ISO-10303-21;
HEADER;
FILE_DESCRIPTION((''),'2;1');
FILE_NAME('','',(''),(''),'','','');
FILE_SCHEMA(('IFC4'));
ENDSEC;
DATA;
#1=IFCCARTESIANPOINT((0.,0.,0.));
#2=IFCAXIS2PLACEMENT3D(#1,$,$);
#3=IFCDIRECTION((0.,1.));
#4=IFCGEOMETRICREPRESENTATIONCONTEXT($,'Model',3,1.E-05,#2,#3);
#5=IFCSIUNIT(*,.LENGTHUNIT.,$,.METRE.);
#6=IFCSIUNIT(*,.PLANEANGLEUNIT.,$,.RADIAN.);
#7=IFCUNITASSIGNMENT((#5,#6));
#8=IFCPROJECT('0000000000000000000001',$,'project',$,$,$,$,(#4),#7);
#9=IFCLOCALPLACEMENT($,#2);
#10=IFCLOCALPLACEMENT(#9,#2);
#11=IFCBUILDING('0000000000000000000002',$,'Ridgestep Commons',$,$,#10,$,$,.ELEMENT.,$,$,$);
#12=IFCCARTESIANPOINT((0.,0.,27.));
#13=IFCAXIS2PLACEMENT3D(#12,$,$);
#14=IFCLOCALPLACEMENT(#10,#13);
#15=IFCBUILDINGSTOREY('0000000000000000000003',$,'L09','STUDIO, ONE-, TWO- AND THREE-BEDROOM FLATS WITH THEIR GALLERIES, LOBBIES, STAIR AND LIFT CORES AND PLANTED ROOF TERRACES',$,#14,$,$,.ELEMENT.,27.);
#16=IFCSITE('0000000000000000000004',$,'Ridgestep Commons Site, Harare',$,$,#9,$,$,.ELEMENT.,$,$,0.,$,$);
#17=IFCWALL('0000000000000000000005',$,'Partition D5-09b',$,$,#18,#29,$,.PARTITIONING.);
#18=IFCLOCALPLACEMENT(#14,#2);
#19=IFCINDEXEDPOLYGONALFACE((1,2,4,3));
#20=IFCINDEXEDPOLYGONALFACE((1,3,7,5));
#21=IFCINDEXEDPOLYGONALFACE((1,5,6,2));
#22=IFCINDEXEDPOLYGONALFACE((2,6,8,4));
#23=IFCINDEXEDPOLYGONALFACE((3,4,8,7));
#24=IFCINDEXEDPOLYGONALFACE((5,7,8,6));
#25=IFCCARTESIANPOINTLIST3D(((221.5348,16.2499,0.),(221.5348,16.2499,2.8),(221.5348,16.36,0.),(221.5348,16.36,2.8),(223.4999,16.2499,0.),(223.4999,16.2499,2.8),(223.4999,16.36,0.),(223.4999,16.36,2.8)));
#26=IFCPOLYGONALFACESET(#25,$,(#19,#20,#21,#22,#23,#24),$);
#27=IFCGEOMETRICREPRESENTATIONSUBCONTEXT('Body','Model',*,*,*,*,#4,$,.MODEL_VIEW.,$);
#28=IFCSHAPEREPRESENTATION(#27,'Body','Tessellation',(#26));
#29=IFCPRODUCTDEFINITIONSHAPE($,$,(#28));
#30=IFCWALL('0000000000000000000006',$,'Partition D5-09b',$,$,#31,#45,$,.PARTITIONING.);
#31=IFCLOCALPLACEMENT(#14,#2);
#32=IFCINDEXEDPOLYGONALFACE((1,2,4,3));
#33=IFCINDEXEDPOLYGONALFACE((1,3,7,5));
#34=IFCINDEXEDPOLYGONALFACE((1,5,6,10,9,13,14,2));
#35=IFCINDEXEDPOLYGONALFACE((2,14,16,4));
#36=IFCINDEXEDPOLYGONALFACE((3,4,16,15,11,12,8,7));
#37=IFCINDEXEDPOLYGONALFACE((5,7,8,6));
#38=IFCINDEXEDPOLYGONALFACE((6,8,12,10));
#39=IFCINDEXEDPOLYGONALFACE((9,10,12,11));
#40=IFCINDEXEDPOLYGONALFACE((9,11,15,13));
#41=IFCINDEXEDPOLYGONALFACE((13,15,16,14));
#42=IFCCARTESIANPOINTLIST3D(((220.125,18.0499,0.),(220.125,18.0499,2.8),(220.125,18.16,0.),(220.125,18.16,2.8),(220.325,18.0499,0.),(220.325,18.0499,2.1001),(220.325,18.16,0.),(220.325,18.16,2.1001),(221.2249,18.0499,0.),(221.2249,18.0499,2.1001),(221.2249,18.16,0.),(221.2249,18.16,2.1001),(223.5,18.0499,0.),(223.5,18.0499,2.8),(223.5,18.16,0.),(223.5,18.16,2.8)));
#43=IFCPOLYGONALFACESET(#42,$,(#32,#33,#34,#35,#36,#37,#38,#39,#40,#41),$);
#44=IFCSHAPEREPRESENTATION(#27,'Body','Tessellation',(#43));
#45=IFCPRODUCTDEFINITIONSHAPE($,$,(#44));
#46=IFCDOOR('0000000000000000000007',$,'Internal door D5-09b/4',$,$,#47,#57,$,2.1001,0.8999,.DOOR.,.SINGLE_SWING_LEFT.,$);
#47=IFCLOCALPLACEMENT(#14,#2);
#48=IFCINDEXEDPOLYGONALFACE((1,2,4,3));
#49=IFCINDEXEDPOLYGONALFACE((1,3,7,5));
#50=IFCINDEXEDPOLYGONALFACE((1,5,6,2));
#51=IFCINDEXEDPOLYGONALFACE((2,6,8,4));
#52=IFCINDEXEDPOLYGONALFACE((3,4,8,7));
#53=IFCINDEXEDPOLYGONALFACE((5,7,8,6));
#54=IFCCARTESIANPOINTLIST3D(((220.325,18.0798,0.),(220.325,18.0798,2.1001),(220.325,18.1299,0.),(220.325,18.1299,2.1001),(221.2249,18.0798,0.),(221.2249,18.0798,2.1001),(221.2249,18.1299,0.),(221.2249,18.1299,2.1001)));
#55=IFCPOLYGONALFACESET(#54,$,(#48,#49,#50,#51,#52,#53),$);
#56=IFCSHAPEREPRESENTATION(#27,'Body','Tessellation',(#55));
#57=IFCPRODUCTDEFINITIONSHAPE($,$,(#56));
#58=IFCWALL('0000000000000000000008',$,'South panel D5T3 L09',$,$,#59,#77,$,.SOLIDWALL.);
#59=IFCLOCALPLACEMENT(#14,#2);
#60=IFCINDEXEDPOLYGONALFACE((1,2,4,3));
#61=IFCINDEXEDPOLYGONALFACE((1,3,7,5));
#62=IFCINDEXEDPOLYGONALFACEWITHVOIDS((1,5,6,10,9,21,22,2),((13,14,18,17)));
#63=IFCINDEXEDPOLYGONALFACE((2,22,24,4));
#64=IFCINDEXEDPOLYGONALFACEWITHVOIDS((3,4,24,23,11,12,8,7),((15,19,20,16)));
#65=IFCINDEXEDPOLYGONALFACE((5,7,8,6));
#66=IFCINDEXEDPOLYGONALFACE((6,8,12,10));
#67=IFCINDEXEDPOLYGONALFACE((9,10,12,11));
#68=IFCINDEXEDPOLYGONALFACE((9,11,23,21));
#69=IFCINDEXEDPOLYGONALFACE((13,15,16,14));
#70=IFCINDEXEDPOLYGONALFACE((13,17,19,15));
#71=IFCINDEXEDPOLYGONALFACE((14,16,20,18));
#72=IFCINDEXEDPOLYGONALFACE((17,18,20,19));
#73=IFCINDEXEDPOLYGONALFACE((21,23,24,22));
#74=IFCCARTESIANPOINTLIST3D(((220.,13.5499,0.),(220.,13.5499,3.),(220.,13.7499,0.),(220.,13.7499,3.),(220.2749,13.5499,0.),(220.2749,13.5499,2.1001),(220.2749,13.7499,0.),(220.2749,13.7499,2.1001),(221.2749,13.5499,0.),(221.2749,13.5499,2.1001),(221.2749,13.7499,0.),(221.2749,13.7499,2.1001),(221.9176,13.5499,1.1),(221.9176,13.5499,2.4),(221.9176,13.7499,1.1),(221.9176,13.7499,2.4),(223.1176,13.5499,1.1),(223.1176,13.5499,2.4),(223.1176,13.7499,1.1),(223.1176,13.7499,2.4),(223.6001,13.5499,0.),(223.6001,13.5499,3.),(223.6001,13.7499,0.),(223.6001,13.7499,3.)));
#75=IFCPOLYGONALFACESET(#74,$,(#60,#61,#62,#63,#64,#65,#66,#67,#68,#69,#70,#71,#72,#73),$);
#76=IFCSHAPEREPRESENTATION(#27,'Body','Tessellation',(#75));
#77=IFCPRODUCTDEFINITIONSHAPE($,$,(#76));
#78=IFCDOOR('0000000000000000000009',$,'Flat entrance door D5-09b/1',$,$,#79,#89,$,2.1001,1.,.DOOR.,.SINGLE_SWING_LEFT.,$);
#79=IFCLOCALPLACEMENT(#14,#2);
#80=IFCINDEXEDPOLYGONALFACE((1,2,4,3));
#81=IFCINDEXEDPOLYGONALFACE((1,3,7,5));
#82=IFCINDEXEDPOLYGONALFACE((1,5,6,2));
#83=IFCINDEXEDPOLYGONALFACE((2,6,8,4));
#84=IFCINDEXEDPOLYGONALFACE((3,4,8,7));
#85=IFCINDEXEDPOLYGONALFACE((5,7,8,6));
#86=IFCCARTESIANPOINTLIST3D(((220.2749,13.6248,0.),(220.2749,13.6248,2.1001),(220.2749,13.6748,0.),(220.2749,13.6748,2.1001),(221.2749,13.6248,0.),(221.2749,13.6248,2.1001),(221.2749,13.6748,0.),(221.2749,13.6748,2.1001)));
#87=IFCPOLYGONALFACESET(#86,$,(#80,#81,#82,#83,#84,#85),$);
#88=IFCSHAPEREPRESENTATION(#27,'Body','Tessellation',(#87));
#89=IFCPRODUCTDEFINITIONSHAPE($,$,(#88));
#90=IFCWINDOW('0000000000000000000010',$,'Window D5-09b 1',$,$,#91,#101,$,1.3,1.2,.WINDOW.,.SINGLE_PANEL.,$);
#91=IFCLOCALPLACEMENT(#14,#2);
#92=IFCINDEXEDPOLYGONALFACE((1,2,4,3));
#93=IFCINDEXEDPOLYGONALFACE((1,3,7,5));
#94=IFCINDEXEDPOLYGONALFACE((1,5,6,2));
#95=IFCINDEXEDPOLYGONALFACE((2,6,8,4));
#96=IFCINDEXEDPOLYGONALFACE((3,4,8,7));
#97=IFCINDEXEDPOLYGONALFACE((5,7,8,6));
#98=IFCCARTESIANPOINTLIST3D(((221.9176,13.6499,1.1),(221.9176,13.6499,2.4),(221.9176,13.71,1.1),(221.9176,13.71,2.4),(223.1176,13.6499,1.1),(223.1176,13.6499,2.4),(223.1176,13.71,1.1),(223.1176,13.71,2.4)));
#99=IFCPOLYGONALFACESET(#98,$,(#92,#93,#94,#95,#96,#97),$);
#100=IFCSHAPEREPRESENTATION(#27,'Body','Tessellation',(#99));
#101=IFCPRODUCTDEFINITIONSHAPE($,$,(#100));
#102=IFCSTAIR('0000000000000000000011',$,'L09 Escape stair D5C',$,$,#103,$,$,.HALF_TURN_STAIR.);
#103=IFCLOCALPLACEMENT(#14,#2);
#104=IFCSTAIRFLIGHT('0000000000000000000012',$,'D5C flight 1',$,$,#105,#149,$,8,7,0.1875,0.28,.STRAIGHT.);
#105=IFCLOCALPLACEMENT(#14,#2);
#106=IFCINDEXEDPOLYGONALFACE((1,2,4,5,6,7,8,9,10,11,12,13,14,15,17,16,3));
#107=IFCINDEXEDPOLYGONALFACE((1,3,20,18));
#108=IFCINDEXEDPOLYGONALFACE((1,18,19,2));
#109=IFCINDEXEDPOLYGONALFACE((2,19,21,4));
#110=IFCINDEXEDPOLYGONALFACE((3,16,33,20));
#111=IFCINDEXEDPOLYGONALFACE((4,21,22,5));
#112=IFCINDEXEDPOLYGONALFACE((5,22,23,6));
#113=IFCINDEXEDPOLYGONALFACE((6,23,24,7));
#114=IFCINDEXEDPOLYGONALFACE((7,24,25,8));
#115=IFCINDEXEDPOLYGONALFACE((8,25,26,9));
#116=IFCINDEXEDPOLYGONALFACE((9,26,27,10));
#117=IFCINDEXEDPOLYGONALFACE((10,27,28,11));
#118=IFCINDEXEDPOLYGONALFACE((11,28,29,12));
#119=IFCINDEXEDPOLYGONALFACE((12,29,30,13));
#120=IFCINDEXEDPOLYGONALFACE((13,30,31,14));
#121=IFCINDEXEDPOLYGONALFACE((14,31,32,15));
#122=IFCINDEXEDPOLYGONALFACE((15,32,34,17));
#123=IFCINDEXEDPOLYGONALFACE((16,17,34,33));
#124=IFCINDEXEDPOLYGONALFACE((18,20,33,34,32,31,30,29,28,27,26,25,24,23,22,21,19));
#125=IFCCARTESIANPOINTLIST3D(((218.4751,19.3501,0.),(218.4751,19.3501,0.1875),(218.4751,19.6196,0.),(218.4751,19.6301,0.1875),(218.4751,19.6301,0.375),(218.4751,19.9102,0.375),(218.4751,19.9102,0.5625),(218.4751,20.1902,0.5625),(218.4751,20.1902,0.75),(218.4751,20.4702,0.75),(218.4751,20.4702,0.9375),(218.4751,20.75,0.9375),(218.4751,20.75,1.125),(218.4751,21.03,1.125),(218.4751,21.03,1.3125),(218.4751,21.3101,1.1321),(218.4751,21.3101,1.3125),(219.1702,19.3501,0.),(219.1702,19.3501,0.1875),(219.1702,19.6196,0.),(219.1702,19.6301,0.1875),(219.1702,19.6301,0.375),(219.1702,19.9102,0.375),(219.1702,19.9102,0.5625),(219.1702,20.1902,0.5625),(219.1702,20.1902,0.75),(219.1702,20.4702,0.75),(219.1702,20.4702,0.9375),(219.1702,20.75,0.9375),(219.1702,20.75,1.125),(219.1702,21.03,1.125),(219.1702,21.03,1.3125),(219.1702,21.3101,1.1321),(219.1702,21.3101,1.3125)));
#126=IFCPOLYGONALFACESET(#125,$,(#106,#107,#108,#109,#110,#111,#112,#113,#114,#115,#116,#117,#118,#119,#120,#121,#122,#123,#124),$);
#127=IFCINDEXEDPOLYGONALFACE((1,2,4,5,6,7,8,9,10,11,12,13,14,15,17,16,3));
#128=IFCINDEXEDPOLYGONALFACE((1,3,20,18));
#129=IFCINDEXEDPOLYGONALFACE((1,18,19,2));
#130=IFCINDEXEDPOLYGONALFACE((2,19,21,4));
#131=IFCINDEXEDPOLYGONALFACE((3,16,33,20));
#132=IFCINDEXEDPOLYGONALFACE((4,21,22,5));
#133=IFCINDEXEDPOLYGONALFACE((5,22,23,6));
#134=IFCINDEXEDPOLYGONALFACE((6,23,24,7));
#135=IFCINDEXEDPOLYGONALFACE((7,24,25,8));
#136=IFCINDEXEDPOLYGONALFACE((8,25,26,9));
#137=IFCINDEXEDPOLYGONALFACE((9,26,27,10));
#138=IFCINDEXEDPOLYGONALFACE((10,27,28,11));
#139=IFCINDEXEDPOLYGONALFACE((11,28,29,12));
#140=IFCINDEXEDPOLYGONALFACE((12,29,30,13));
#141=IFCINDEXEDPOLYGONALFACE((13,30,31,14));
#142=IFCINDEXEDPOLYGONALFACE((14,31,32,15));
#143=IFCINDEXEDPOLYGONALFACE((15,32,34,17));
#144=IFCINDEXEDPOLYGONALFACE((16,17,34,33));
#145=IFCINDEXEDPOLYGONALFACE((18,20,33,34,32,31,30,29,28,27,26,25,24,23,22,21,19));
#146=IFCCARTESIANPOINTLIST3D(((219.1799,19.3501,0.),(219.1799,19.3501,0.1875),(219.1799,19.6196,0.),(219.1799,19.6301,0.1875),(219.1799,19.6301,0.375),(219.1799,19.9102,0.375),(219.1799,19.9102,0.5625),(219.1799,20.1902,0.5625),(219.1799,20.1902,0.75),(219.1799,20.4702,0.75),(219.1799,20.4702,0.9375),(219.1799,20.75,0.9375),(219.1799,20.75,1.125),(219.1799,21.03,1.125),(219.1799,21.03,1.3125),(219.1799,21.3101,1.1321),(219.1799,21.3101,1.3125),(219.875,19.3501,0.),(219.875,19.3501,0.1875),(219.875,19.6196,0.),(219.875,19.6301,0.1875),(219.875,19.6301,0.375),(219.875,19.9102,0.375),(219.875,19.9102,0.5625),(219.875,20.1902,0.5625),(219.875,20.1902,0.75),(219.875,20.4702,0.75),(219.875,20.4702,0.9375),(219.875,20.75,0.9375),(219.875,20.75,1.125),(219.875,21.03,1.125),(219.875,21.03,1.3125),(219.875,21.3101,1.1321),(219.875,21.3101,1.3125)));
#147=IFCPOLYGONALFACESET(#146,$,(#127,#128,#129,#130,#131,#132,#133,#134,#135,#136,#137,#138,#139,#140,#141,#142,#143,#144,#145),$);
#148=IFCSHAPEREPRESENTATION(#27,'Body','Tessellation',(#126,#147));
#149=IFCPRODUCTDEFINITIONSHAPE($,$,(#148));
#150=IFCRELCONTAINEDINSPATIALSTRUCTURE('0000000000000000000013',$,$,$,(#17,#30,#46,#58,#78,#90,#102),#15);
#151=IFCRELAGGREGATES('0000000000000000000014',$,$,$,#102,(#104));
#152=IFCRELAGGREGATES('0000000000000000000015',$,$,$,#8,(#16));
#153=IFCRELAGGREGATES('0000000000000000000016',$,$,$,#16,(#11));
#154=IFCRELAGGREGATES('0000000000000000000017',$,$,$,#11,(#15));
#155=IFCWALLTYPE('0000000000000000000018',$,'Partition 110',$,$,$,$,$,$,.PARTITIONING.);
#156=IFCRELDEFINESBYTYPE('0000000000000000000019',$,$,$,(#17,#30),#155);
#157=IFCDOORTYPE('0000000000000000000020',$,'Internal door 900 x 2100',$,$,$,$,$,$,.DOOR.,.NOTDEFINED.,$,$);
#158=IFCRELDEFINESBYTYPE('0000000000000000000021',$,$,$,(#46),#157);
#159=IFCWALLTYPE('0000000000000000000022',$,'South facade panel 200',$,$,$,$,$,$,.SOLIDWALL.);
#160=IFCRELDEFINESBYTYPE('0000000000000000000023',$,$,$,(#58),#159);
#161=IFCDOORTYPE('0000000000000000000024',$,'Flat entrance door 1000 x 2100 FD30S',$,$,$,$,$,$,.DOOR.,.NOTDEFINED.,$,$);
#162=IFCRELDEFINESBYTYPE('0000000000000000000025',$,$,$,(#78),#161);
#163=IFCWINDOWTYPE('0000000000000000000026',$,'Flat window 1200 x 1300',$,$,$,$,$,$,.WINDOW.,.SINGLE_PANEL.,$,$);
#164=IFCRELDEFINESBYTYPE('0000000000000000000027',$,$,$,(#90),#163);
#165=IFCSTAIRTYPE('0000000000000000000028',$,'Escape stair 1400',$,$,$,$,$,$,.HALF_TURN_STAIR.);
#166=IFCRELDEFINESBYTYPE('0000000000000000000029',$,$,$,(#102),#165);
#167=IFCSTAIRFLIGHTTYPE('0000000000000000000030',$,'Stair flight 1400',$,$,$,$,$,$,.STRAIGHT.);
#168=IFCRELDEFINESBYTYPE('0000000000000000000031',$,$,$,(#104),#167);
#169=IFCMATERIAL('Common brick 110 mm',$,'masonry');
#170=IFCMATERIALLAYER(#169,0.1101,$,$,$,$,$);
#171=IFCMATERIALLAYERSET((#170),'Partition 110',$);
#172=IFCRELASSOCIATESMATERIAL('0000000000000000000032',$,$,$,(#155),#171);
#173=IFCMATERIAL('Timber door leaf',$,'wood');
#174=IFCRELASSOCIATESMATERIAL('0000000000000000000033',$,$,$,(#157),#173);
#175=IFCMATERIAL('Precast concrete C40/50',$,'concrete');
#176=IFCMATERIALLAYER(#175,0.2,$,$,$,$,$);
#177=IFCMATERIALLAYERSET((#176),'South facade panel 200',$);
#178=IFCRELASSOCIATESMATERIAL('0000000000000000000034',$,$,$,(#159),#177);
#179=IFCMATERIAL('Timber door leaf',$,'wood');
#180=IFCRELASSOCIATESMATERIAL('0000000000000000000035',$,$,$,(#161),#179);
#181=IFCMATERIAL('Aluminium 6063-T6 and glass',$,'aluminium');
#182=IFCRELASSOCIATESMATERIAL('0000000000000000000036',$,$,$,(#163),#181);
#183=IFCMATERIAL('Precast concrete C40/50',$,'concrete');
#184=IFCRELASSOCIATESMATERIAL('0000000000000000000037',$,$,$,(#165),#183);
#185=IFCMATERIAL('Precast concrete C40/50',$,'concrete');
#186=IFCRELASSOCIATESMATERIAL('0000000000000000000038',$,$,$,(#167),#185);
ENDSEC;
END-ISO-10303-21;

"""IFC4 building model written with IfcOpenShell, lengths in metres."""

from ifc_helpers import new_model, si_unit, direction, frame, frame_2d, origin, place, context, subcontext, project, spatial, polyline, rectangle, outline, extrude, material, layer, layer_set, type_object, element, fill, aggregate, save


model = new_model("IFC4")

# Units and contexts
model_context = context("Model", 3, precision=1e-05, world=origin(), true_north=direction((0.0, 1.0)))
body_context = subcontext(model_context, "Body", "Model", "MODEL_VIEW")
ifc_project = project(units=[si_unit("LENGTHUNIT", "METRE"), si_unit("PLANEANGLEUNIT", "RADIAN")], contexts=[model_context])

# Site, building, storey
site_placement = place(None, origin())
site = spatial("IfcSite", under=ifc_project, at=site_placement, Name="Ridgestep Commons Site, Harare", CompositionType="ELEMENT", RefElevation=0.0)
building_placement = place(site_placement, origin())
building = spatial("IfcBuilding", under=site, at=building_placement, Name="Ridgestep Commons", CompositionType="ELEMENT")
storey_placement = place(building_placement, frame((0.0, 0.0, 27.0)))
storey = spatial("IfcBuildingStorey", under=building, at=storey_placement, Name="L09", Description="STUDIO, ONE-, TWO- AND THREE-BEDROOM FLATS WITH THEIR GALLERIES, LOBBIES, STAIR AND LIFT CORES AND PLANTED ROOF TERRACES", CompositionType="ELEMENT", Elevation=27.0)

# Shared definitions
ifc_material_1 = material(Name="Common brick 110 mm", Category="masonry")
ifc_layer_1 = layer(ifc_material_1, 0.1101)
ifc_layer_set_1 = layer_set([ifc_layer_1], Name="Partition 110")
wall_type_1 = type_object("IfcWallType", Name="Partition 110", PredefinedType="PARTITIONING", material=ifc_layer_set_1)

# Wall
wall_1_placement = place(storey_placement, frame((221.5349, 16.3049, 0.0), z_axis=(0.0, 0.0, 1.0), x_axis=(1.0, 0.0, 0.0)))
element("IfcWall", 1, at=wall_1_placement, inside=storey, type_object=wall_type_1, Name="Partition D5-09b", PredefinedType="PARTITIONING", context=body_context, shape_type="SweptSolid", body=[
    extrude(rectangle(XDim=1.9651, YDim=0.1101, at=frame_2d((0.9824, 0.0))), origin(), (0.0, 0.0, 1.0), 2.8),
])

# Wall, opening, door
wall_2_placement = place(storey_placement, frame((220.125, 18.105, 0.0), z_axis=(0.0, 0.0, 1.0), x_axis=(1.0, 0.0, 0.0)))
wall_2 = element("IfcWall", 2, at=wall_2_placement, inside=storey, type_object=wall_type_1, Name="Partition D5-09b", PredefinedType="PARTITIONING", context=body_context, shape_type="SweptSolid", body=[
    extrude(rectangle(XDim=3.375, YDim=0.1101, at=frame_2d((1.6875, 0.0))), origin(), (0.0, 0.0, 1.0), 2.8),
])
opening_1_placement = place(wall_2_placement, frame((0.2, 0.0, 0.0)))
opening_1 = element("IfcOpeningElement", 3, at=opening_1_placement, cuts=wall_2, PredefinedType="OPENING", context=body_context, shape_type="SweptSolid", body=[
    extrude(rectangle(XDim=0.8999, YDim=2.1001, at=frame_2d((0.45, 1.05))), frame((0.0, 0.0649, 0.0), z_axis=(0.0, -1.0, 0.0), x_axis=(1.0, 0.0, 0.0)), (0.0, 0.0, 1.0), 0.1301),
])
ifc_material_2 = material(Name="Timber door leaf", Category="wood")
door_type_1 = type_object("IfcDoorType", Name="Internal door 900 x 2100", OperationType="NOTDEFINED", PredefinedType="DOOR", material=ifc_material_2)
door_1_placement = place(opening_1_placement, origin())
door_1 = element("IfcDoor", 4, at=door_1_placement, inside=storey, type_object=door_type_1, Name="Internal door D5-09b/4", OperationType="SINGLE_SWING_LEFT", OverallHeight=2.1001, OverallWidth=0.8999, PredefinedType="DOOR", context=body_context, shape_type="SweptSolid", body=[
    extrude(rectangle(XDim=0.8999, YDim=2.1001, at=frame_2d((0.45, 1.05))), frame((0.0, 0.0249, 0.0), z_axis=(0.0, -1.0, 0.0), x_axis=(1.0, 0.0, 0.0)), (0.0, 0.0, 1.0), 0.05),
])
fill(opening_1, door_1)

# Wall, openings, door, window
ifc_material_3 = material(Name="Precast concrete C40/50", Category="concrete")
ifc_layer_2 = layer(ifc_material_3, 0.2)
ifc_layer_set_2 = layer_set([ifc_layer_2], Name="South facade panel 200")
wall_type_2 = type_object("IfcWallType", Name="South facade panel 200", PredefinedType="SOLIDWALL", material=ifc_layer_set_2)
wall_3_placement = place(storey_placement, frame((220.0, 13.6499, 0.0), z_axis=(0.0, 0.0, 1.0), x_axis=(1.0, 0.0, 0.0)))
wall_3 = element("IfcWall", 5, at=wall_3_placement, inside=storey, type_object=wall_type_2, Name="South panel D5T3 L09", PredefinedType="SOLIDWALL", context=body_context, shape_type="SweptSolid", body=[
    extrude(rectangle(XDim=3.6001, YDim=0.2, at=frame_2d((1.8, 0.0))), origin(), (0.0, 0.0, 1.0), 3.0),
])
opening_2_placement = place(wall_3_placement, frame((1.9175, 0.0, 1.1001)))
opening_2 = element("IfcOpeningElement", 6, at=opening_2_placement, cuts=wall_3, PredefinedType="OPENING", context=body_context, shape_type="SweptSolid", body=[
    extrude(rectangle(XDim=1.2, YDim=1.3, at=frame_2d((0.6001, 0.6499))), frame((0.0, 0.1099, 0.0), z_axis=(0.0, -1.0, 0.0), x_axis=(1.0, 0.0, 0.0)), (0.0, 0.0, 1.0), 0.22),
])
opening_3_placement = place(wall_3_placement, frame((0.2749, 0.0, 0.0)))
opening_3 = element("IfcOpeningElement", 7, at=opening_3_placement, cuts=wall_3, PredefinedType="OPENING", context=body_context, shape_type="SweptSolid", body=[
    extrude(rectangle(XDim=1.0, YDim=2.1001, at=frame_2d((0.5, 1.05))), frame((0.0, 0.1099, 0.0), z_axis=(0.0, -1.0, 0.0), x_axis=(1.0, 0.0, 0.0)), (0.0, 0.0, 1.0), 0.22),
])
ifc_material_4 = material(Name="Timber door leaf", Category="wood")
door_type_2 = type_object("IfcDoorType", Name="Flat entrance door 1000 x 2100 FD30S", OperationType="NOTDEFINED", PredefinedType="DOOR", material=ifc_material_4)
door_2_placement = place(opening_3_placement, origin())
door_2 = element("IfcDoor", 8, at=door_2_placement, inside=storey, type_object=door_type_2, Name="Flat entrance door D5-09b/1", OperationType="SINGLE_SWING_LEFT", OverallHeight=2.1001, OverallWidth=1.0, PredefinedType="DOOR", context=body_context, shape_type="SweptSolid", body=[
    extrude(rectangle(XDim=1.0, YDim=2.1001, at=frame_2d((0.5, 1.05))), frame((0.0, 0.0249, 0.0), z_axis=(0.0, -1.0, 0.0), x_axis=(1.0, 0.0, 0.0)), (0.0, 0.0, 1.0), 0.05),
])
fill(opening_3, door_2)
ifc_material_5 = material(Name="Aluminium 6063-T6 and glass", Category="aluminium")
window_type = type_object("IfcWindowType", Name="Flat window 1200 x 1300", PartitioningType="SINGLE_PANEL", PredefinedType="WINDOW", material=ifc_material_5)
window_placement = place(opening_2_placement, origin())
window = element("IfcWindow", 9, at=window_placement, inside=storey, type_object=window_type, Name="Window D5-09b 1", OverallHeight=1.3, OverallWidth=1.2, PartitioningType="SINGLE_PANEL", PredefinedType="WINDOW", context=body_context, shape_type="SweptSolid", body=[
    extrude(rectangle(XDim=1.2, YDim=1.3, at=frame_2d((0.6001, 0.6499))), frame((0.0, 0.0601, 0.0), z_axis=(0.0, -1.0, 0.0), x_axis=(1.0, 0.0, 0.0)), (0.0, 0.0, 1.0), 0.0601),
])
fill(opening_2, window)

# Stair, stair flight
ifc_material_6 = material(Name="Precast concrete C40/50", Category="concrete")
stair_type = type_object("IfcStairType", Name="Escape stair 1400", PredefinedType="HALF_TURN_STAIR", material=ifc_material_6)
stair_placement = place(storey_placement, origin())
stair = element("IfcStair", 10, at=stair_placement, inside=storey, type_object=stair_type, Name="L09 Escape stair D5C", PredefinedType="HALF_TURN_STAIR")
ifc_material_7 = material(Name="Precast concrete C40/50", Category="concrete")
stair_flight_type = type_object("IfcStairFlightType", Name="Stair flight 1400", PredefinedType="STRAIGHT", material=ifc_material_7)
stair_flight_placement = place(storey_placement, frame((219.175, 19.3501, 0.0), z_axis=(0.0, 0.0, 1.0), x_axis=(0.0, 1.0, 0.0)))
stair_flight = element("IfcStairFlight", 11, at=stair_flight_placement, type_object=stair_flight_type, Name="D5C flight 1", NumberOfRisers=8, NumberOfTreads=7, PredefinedType="STRAIGHT", RiserHeight=0.1875, TreadLength=0.28, context=body_context, shape_type="SweptSolid", body=[
    extrude(outline(polyline([(0.0, 0.0), (0.0, 0.1875), (0.28, 0.1875), (0.28, 0.375), (0.5601, 0.375), (0.5601, 0.5625), (0.8401, 0.5625), (0.8401, 0.75), (1.1201, 0.75), (1.1201, 0.9375), (1.3999, 0.9375), (1.3999, 1.125), (1.6799, 1.125), (1.6799, 1.3125), (1.96, 1.3125), (1.96, 1.5), (1.96, 1.1321), (0.2695, 0.0), (0.0, 0.0)])), frame((0.0, 0.7, 0.0), z_axis=(0.0, -1.0, 0.0), x_axis=(1.0, 0.0, 0.0)), (0.0, 0.0, 1.0), 0.6951),
    extrude(outline(polyline([(0.0, 0.0), (0.0, 0.1875), (0.28, 0.1875), (0.28, 0.375), (0.5601, 0.375), (0.5601, 0.5625), (0.8401, 0.5625), (0.8401, 0.75), (1.1201, 0.75), (1.1201, 0.9375), (1.3999, 0.9375), (1.3999, 1.125), (1.6799, 1.125), (1.6799, 1.3125), (1.96, 1.3125), (1.96, 1.5), (1.96, 1.1321), (0.2695, 0.0), (0.0, 0.0)])), frame((0.0, -0.0049, 0.0), z_axis=(0.0, -1.0, 0.0), x_axis=(1.0, 0.0, 0.0)), (0.0, 0.0, 1.0), 0.6951),
])
aggregate(stair, [stair_flight])

save(model, "model.ifc")
